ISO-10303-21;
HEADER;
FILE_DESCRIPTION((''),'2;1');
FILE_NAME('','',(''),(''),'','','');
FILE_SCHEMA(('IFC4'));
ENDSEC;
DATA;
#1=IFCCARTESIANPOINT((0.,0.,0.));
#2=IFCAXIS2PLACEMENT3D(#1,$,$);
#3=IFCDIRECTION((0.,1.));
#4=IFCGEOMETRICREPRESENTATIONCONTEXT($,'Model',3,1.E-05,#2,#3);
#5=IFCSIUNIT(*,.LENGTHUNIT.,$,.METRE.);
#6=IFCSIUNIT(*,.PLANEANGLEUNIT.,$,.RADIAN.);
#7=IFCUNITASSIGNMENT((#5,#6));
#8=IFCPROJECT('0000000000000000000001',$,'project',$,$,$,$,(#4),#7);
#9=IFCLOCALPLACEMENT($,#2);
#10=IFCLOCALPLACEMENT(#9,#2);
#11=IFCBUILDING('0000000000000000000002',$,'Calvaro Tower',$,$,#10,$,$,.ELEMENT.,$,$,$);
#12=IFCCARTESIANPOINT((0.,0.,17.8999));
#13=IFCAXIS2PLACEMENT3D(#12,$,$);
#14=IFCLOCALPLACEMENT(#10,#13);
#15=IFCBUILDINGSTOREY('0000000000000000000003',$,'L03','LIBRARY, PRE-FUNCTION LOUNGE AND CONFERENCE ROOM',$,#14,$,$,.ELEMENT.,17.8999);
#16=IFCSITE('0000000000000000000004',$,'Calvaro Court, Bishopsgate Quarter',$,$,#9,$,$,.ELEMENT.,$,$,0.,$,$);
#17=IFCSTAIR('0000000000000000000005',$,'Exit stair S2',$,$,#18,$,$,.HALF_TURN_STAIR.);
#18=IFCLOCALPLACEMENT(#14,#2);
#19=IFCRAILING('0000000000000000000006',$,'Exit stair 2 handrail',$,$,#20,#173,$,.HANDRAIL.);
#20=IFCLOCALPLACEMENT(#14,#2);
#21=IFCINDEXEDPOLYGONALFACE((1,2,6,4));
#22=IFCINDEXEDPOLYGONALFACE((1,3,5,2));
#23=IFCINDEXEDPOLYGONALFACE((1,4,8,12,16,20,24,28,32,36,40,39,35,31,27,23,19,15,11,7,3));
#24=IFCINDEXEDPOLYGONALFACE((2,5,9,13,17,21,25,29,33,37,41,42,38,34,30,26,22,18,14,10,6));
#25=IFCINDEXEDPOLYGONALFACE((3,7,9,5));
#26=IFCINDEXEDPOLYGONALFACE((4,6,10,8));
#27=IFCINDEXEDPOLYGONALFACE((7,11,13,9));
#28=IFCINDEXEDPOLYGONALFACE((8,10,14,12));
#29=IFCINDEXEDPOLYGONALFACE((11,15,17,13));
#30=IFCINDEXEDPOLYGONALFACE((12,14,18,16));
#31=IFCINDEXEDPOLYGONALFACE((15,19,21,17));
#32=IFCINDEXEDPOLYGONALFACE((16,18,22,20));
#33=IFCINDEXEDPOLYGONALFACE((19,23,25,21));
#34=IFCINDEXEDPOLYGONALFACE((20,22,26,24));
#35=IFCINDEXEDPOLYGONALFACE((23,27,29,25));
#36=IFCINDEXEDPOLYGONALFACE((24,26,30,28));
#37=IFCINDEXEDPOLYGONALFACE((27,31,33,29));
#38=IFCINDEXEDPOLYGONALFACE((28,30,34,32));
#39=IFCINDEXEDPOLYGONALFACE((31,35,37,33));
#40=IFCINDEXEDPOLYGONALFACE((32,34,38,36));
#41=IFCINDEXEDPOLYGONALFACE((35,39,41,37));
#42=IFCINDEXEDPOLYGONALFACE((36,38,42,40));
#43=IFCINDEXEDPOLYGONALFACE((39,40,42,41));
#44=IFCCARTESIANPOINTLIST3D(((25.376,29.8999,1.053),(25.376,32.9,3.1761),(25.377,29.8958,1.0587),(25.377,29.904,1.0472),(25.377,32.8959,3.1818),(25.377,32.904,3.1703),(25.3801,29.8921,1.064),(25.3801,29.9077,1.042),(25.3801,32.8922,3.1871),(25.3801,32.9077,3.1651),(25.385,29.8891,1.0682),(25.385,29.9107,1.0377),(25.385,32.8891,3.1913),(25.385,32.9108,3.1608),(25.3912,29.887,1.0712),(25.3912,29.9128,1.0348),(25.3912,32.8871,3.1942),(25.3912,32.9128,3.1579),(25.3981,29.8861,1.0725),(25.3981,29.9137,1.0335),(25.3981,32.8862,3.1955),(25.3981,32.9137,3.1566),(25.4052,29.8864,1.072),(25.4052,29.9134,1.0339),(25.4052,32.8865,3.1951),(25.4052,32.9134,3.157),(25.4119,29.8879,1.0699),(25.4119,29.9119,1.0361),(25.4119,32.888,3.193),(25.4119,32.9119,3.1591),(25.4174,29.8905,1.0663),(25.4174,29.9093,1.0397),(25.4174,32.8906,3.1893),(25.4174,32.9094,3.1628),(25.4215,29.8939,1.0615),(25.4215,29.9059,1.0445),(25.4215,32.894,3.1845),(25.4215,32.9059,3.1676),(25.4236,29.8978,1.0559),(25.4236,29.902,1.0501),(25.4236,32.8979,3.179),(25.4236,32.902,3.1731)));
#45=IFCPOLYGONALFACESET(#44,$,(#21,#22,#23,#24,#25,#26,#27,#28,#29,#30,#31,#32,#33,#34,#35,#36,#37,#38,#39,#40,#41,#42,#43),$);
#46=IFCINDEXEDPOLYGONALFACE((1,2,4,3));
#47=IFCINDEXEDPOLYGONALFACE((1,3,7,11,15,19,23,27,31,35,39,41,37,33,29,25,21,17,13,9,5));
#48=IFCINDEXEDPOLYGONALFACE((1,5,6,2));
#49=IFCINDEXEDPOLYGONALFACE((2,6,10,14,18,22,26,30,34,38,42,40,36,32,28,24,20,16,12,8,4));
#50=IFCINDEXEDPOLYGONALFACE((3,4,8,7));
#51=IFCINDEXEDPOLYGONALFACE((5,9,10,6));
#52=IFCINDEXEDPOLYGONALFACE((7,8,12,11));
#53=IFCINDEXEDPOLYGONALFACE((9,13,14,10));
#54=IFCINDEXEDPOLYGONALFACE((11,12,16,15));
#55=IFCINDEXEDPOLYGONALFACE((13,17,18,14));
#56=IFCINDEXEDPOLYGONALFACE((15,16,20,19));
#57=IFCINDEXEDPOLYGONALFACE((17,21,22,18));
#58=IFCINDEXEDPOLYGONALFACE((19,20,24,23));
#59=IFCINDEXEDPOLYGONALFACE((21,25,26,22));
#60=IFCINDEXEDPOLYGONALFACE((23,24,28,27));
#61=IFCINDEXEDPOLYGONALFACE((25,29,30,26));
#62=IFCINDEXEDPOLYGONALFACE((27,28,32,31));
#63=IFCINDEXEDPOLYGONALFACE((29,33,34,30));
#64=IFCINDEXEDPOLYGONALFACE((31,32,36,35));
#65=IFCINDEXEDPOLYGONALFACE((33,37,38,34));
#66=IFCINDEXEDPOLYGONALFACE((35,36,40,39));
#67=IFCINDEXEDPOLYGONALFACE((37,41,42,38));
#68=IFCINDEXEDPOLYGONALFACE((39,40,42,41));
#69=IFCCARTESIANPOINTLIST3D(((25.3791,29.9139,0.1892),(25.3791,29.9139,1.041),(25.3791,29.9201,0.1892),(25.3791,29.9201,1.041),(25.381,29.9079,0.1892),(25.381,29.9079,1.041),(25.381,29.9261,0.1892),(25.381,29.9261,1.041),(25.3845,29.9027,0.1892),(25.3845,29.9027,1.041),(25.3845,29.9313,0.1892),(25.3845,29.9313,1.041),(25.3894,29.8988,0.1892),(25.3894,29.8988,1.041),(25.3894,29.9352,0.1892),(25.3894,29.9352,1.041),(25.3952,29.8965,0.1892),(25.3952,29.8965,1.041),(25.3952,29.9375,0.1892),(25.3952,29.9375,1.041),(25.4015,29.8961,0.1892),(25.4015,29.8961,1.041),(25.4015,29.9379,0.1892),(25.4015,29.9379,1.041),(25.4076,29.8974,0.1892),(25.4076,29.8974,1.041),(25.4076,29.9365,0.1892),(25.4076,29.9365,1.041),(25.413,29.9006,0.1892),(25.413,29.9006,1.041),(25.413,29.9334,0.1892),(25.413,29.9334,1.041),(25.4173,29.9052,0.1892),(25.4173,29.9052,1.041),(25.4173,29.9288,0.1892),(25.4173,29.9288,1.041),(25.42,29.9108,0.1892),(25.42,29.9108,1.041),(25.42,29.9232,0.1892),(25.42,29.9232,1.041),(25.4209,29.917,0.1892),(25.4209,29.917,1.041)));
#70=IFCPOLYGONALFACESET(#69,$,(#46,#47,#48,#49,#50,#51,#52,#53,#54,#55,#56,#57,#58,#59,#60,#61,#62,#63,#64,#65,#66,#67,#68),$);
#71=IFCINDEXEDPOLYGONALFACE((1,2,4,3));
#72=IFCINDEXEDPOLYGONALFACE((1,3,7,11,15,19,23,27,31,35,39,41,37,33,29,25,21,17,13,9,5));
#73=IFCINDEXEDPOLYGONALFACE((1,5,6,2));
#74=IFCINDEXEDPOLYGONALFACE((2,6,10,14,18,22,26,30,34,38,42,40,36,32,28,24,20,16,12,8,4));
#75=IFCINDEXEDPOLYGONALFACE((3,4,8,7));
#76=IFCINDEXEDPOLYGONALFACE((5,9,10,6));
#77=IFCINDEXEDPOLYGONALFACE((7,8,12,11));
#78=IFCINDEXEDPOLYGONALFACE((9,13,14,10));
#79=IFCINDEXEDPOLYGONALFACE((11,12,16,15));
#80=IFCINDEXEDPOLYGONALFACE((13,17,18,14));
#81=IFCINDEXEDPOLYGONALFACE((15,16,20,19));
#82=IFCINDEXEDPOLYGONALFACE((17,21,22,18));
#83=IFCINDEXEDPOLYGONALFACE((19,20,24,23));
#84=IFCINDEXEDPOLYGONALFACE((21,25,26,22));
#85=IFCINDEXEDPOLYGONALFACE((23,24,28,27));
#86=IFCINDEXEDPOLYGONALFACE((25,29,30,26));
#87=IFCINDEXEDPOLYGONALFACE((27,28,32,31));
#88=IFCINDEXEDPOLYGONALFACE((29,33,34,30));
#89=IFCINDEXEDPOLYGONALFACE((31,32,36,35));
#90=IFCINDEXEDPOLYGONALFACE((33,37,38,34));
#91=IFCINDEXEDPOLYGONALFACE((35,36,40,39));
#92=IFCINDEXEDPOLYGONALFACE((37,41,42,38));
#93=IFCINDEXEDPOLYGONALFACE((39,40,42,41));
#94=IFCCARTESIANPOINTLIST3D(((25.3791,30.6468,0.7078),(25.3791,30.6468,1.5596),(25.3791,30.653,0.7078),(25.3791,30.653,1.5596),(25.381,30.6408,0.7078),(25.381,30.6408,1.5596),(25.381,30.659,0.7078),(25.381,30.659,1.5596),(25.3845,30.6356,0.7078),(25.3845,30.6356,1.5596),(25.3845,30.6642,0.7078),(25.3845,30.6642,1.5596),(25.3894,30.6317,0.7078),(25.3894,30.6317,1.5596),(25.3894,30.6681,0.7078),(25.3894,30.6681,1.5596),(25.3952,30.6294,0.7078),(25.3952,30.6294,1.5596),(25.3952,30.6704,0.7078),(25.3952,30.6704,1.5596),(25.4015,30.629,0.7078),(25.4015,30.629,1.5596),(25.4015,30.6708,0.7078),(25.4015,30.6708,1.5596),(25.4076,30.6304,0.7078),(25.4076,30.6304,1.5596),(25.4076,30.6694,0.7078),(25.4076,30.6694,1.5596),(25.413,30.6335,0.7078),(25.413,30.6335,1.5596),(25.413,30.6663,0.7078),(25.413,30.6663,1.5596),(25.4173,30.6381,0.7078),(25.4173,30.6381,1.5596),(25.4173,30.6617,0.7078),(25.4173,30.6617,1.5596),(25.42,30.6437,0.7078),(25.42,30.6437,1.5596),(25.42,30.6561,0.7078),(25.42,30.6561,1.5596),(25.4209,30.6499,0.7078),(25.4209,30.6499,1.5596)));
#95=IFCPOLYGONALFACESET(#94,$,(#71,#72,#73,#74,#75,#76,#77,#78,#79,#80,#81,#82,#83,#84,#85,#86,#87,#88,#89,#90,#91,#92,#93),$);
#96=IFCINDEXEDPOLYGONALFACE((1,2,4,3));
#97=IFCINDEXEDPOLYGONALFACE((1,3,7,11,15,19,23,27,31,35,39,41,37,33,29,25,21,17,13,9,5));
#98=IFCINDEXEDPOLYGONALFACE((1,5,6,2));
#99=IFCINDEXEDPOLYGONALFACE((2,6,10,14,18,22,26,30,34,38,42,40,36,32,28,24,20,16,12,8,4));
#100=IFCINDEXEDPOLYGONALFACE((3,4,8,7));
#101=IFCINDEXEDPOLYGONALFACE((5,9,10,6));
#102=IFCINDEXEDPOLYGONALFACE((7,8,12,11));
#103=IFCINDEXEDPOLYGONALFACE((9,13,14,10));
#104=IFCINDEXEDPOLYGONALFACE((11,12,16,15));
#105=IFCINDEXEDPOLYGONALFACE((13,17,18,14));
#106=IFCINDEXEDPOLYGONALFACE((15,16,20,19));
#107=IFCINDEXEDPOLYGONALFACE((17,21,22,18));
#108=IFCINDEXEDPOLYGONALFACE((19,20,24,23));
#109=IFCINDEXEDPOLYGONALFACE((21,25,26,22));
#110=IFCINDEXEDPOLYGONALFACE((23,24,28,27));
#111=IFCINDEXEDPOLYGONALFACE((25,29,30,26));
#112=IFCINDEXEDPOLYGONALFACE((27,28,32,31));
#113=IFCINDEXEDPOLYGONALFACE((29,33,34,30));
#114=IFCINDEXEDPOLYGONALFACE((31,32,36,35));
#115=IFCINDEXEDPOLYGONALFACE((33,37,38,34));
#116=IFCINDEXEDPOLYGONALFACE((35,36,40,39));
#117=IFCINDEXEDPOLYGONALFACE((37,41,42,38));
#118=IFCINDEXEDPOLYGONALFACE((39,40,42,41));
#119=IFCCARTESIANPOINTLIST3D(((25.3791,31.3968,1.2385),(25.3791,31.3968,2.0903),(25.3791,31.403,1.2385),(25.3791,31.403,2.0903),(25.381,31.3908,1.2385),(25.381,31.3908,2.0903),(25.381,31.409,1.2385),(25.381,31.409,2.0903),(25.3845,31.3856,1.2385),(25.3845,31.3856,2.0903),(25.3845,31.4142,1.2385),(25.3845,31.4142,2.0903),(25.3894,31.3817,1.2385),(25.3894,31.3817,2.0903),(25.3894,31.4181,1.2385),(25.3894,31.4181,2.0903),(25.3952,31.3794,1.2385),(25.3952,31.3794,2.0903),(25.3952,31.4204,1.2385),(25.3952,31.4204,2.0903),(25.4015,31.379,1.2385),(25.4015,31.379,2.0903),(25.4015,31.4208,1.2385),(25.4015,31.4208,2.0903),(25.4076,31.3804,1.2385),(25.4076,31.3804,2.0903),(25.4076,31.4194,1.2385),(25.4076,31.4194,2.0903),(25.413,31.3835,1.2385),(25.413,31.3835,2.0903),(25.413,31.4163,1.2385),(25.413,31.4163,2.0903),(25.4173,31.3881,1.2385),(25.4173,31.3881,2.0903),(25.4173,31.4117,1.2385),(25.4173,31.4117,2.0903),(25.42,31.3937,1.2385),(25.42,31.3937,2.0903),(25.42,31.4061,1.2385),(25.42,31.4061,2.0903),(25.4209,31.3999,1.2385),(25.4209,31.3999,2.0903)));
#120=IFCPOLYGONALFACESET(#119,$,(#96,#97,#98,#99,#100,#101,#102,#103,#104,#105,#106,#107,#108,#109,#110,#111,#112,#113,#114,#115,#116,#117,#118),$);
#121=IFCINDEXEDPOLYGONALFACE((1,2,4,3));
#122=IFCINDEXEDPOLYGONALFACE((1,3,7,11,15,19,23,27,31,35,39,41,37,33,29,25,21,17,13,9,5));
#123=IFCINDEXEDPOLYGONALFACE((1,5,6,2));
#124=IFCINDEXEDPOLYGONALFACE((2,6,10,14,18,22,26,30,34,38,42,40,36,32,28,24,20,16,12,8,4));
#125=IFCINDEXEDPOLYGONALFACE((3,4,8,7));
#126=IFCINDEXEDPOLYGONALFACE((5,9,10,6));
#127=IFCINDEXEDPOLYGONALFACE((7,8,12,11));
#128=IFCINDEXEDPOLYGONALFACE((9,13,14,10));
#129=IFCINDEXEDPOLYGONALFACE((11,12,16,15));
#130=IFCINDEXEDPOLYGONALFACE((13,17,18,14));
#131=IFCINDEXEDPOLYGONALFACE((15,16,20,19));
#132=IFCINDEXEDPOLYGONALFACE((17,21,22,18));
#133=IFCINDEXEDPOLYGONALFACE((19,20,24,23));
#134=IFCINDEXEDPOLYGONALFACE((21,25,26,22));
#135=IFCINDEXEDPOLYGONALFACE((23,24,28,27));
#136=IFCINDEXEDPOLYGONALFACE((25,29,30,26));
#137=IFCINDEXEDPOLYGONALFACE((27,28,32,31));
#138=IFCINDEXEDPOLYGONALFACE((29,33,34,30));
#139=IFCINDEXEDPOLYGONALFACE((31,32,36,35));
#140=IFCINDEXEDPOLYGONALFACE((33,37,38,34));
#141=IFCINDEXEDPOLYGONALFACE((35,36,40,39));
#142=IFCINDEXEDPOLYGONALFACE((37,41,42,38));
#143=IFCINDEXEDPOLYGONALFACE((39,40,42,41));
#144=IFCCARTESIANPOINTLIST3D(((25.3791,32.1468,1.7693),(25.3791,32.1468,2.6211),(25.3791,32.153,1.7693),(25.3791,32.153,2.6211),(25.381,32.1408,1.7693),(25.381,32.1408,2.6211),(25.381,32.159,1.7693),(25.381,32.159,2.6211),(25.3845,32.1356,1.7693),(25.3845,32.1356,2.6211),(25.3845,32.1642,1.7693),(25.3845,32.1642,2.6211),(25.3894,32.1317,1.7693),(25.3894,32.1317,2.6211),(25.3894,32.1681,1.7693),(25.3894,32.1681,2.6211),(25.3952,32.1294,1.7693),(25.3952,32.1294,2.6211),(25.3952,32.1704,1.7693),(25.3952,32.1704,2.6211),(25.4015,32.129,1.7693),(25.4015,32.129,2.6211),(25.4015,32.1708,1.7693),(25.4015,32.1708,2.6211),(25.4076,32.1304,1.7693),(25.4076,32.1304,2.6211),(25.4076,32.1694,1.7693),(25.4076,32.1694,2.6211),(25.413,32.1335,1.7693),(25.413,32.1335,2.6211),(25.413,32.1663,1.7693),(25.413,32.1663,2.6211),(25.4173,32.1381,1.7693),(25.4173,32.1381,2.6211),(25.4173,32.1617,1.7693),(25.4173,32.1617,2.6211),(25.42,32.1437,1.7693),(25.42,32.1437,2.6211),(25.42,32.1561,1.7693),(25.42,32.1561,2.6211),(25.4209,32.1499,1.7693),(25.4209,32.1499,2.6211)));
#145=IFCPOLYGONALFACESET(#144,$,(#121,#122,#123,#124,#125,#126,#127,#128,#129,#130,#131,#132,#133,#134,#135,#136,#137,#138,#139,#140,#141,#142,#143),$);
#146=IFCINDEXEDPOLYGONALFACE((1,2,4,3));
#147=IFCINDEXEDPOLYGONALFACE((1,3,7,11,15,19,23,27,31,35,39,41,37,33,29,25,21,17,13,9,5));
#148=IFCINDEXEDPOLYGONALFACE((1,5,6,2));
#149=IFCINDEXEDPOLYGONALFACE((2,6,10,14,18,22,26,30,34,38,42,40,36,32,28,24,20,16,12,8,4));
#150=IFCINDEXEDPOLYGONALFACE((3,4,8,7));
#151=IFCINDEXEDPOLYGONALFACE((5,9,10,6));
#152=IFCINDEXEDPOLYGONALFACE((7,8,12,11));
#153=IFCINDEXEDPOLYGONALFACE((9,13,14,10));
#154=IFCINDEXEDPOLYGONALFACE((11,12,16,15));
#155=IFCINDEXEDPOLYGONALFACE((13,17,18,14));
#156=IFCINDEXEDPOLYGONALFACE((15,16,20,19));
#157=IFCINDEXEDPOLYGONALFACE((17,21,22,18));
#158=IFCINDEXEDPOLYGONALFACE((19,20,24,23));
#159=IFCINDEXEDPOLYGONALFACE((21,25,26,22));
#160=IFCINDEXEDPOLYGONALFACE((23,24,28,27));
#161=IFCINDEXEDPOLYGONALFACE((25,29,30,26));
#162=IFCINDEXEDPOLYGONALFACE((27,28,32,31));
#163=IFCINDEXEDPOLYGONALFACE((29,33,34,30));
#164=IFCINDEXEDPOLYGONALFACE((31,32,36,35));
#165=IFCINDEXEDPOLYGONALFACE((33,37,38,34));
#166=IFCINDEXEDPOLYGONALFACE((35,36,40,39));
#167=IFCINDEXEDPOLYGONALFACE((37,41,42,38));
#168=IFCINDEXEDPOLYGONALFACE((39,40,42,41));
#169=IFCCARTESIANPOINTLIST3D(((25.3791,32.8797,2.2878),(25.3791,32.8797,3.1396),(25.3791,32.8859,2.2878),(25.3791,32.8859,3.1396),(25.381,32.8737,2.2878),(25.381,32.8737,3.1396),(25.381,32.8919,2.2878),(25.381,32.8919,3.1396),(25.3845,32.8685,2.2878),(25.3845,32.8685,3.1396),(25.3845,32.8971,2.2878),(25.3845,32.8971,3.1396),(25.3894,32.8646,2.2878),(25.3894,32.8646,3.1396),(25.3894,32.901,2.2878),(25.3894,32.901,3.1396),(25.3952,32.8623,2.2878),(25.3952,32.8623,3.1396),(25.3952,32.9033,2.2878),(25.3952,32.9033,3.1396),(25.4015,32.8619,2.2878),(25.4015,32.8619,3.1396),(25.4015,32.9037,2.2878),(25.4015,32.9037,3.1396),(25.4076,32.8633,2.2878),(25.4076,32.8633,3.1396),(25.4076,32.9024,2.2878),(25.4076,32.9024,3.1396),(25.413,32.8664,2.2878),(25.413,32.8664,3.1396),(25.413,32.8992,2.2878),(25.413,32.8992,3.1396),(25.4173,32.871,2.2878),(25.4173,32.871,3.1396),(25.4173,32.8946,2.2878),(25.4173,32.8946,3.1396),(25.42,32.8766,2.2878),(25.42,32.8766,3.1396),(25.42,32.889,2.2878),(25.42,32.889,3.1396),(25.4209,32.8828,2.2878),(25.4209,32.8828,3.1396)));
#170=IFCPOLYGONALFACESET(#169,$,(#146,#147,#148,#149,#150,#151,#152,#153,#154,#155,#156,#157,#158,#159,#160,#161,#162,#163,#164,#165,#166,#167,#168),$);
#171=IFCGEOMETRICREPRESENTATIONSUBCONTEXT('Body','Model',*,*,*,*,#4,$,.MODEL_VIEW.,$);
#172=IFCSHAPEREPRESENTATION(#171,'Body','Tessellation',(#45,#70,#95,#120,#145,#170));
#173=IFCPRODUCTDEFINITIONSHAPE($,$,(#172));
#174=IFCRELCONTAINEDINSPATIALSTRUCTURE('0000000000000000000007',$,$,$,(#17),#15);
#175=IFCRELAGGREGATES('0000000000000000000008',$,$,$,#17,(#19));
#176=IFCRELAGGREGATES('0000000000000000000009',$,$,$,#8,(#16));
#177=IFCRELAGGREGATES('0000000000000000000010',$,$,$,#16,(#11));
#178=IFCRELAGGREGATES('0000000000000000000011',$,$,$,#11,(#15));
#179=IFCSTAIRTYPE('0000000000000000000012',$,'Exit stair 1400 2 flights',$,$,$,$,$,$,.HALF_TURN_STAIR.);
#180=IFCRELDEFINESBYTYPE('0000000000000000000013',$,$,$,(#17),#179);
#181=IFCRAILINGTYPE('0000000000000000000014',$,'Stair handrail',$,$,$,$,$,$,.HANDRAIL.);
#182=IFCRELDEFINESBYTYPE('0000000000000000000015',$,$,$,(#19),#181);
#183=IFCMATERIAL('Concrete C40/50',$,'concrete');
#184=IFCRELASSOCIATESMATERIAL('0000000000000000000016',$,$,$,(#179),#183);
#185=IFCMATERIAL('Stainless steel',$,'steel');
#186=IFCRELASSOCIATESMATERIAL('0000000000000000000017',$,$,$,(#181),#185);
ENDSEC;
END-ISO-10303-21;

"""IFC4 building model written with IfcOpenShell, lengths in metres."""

from ifc_helpers import new_model, si_unit, direction, frame, origin, origin_2d, place, context, subcontext, project, spatial, circle, extrude, material, type_object, element, aggregate, save


model = new_model("IFC4")

# Units and contexts
model_context = context("Model", 3, precision=1e-05, world=origin(), true_north=direction((0.0, 1.0)))
body_context = subcontext(model_context, "Body", "Model", "MODEL_VIEW")
ifc_project = project(units=[si_unit("LENGTHUNIT", "METRE"), si_unit("PLANEANGLEUNIT", "RADIAN")], contexts=[model_context])

# Site, building, storey
site_placement = place(None, origin())
site = spatial("IfcSite", under=ifc_project, at=site_placement, Name="Calvaro Court, Bishopsgate Quarter", CompositionType="ELEMENT", RefElevation=0.0)
building_placement = place(site_placement, origin())
building = spatial("IfcBuilding", under=site, at=building_placement, Name="Calvaro Tower", CompositionType="ELEMENT")
storey_placement = place(building_placement, frame((0.0, 0.0, 17.8999)))
storey = spatial("IfcBuildingStorey", under=building, at=storey_placement, Name="L03", Description="LIBRARY, PRE-FUNCTION LOUNGE AND CONFERENCE ROOM", CompositionType="ELEMENT", Elevation=17.8999)

# Stair
ifc_material_1 = material(Name="Concrete C40/50", Category="concrete")
stair_type = type_object("IfcStairType", Name="Exit stair 1400 2 flights", PredefinedType="HALF_TURN_STAIR", material=ifc_material_1)
stair_1_placement = place(storey_placement, origin())
stair_1 = element("IfcStair", 1, at=stair_1_placement, inside=storey, type_object=stair_type, Name="Exit stair S2", PredefinedType="HALF_TURN_STAIR")

# Railing
ifc_material_2 = material(Name="Stainless steel", Category="steel")
railing_type = type_object("IfcRailingType", Name="Stair handrail", PredefinedType="HANDRAIL", material=ifc_material_2)
railing_1_placement = place(storey_placement, frame((25.3999, 29.8999, 0.177)))
railing_1 = element("IfcRailing", 2, at=railing_1_placement, type_object=railing_type, Name="Exit stair 2 handrail", PredefinedType="HANDRAIL", context=body_context, shape_type="SweptSolid", body=[
    extrude(circle(Radius=0.0239, at=origin_2d()), frame((0.0, 0.0, 0.876), z_axis=(0.0, 0.816275, 0.577663), x_axis=(-1.0, 0.0, 0.0)), (0.0, 0.0, 1.0), 3.6753),
    extrude(circle(Radius=0.021, at=origin_2d()), frame((0.0, 0.0171, 0.0122)), (0.0, 0.0, 1.0), 0.8518),
    extrude(circle(Radius=0.021, at=origin_2d()), frame((0.0, 0.75, 0.5308)), (0.0, 0.0, 1.0), 0.8518),
    extrude(circle(Radius=0.021, at=origin_2d()), frame((0.0, 1.5, 1.0615)), (0.0, 0.0, 1.0), 0.8518),
    extrude(circle(Radius=0.021, at=origin_2d()), frame((0.0, 2.25, 1.5923)), (0.0, 0.0, 1.0), 0.8518),
    extrude(circle(Radius=0.021, at=origin_2d()), frame((0.0, 2.9829, 2.1108)), (0.0, 0.0, 1.0), 0.8518),
])
aggregate(stair_1, [railing_1])

save(model, "model.ifc")
